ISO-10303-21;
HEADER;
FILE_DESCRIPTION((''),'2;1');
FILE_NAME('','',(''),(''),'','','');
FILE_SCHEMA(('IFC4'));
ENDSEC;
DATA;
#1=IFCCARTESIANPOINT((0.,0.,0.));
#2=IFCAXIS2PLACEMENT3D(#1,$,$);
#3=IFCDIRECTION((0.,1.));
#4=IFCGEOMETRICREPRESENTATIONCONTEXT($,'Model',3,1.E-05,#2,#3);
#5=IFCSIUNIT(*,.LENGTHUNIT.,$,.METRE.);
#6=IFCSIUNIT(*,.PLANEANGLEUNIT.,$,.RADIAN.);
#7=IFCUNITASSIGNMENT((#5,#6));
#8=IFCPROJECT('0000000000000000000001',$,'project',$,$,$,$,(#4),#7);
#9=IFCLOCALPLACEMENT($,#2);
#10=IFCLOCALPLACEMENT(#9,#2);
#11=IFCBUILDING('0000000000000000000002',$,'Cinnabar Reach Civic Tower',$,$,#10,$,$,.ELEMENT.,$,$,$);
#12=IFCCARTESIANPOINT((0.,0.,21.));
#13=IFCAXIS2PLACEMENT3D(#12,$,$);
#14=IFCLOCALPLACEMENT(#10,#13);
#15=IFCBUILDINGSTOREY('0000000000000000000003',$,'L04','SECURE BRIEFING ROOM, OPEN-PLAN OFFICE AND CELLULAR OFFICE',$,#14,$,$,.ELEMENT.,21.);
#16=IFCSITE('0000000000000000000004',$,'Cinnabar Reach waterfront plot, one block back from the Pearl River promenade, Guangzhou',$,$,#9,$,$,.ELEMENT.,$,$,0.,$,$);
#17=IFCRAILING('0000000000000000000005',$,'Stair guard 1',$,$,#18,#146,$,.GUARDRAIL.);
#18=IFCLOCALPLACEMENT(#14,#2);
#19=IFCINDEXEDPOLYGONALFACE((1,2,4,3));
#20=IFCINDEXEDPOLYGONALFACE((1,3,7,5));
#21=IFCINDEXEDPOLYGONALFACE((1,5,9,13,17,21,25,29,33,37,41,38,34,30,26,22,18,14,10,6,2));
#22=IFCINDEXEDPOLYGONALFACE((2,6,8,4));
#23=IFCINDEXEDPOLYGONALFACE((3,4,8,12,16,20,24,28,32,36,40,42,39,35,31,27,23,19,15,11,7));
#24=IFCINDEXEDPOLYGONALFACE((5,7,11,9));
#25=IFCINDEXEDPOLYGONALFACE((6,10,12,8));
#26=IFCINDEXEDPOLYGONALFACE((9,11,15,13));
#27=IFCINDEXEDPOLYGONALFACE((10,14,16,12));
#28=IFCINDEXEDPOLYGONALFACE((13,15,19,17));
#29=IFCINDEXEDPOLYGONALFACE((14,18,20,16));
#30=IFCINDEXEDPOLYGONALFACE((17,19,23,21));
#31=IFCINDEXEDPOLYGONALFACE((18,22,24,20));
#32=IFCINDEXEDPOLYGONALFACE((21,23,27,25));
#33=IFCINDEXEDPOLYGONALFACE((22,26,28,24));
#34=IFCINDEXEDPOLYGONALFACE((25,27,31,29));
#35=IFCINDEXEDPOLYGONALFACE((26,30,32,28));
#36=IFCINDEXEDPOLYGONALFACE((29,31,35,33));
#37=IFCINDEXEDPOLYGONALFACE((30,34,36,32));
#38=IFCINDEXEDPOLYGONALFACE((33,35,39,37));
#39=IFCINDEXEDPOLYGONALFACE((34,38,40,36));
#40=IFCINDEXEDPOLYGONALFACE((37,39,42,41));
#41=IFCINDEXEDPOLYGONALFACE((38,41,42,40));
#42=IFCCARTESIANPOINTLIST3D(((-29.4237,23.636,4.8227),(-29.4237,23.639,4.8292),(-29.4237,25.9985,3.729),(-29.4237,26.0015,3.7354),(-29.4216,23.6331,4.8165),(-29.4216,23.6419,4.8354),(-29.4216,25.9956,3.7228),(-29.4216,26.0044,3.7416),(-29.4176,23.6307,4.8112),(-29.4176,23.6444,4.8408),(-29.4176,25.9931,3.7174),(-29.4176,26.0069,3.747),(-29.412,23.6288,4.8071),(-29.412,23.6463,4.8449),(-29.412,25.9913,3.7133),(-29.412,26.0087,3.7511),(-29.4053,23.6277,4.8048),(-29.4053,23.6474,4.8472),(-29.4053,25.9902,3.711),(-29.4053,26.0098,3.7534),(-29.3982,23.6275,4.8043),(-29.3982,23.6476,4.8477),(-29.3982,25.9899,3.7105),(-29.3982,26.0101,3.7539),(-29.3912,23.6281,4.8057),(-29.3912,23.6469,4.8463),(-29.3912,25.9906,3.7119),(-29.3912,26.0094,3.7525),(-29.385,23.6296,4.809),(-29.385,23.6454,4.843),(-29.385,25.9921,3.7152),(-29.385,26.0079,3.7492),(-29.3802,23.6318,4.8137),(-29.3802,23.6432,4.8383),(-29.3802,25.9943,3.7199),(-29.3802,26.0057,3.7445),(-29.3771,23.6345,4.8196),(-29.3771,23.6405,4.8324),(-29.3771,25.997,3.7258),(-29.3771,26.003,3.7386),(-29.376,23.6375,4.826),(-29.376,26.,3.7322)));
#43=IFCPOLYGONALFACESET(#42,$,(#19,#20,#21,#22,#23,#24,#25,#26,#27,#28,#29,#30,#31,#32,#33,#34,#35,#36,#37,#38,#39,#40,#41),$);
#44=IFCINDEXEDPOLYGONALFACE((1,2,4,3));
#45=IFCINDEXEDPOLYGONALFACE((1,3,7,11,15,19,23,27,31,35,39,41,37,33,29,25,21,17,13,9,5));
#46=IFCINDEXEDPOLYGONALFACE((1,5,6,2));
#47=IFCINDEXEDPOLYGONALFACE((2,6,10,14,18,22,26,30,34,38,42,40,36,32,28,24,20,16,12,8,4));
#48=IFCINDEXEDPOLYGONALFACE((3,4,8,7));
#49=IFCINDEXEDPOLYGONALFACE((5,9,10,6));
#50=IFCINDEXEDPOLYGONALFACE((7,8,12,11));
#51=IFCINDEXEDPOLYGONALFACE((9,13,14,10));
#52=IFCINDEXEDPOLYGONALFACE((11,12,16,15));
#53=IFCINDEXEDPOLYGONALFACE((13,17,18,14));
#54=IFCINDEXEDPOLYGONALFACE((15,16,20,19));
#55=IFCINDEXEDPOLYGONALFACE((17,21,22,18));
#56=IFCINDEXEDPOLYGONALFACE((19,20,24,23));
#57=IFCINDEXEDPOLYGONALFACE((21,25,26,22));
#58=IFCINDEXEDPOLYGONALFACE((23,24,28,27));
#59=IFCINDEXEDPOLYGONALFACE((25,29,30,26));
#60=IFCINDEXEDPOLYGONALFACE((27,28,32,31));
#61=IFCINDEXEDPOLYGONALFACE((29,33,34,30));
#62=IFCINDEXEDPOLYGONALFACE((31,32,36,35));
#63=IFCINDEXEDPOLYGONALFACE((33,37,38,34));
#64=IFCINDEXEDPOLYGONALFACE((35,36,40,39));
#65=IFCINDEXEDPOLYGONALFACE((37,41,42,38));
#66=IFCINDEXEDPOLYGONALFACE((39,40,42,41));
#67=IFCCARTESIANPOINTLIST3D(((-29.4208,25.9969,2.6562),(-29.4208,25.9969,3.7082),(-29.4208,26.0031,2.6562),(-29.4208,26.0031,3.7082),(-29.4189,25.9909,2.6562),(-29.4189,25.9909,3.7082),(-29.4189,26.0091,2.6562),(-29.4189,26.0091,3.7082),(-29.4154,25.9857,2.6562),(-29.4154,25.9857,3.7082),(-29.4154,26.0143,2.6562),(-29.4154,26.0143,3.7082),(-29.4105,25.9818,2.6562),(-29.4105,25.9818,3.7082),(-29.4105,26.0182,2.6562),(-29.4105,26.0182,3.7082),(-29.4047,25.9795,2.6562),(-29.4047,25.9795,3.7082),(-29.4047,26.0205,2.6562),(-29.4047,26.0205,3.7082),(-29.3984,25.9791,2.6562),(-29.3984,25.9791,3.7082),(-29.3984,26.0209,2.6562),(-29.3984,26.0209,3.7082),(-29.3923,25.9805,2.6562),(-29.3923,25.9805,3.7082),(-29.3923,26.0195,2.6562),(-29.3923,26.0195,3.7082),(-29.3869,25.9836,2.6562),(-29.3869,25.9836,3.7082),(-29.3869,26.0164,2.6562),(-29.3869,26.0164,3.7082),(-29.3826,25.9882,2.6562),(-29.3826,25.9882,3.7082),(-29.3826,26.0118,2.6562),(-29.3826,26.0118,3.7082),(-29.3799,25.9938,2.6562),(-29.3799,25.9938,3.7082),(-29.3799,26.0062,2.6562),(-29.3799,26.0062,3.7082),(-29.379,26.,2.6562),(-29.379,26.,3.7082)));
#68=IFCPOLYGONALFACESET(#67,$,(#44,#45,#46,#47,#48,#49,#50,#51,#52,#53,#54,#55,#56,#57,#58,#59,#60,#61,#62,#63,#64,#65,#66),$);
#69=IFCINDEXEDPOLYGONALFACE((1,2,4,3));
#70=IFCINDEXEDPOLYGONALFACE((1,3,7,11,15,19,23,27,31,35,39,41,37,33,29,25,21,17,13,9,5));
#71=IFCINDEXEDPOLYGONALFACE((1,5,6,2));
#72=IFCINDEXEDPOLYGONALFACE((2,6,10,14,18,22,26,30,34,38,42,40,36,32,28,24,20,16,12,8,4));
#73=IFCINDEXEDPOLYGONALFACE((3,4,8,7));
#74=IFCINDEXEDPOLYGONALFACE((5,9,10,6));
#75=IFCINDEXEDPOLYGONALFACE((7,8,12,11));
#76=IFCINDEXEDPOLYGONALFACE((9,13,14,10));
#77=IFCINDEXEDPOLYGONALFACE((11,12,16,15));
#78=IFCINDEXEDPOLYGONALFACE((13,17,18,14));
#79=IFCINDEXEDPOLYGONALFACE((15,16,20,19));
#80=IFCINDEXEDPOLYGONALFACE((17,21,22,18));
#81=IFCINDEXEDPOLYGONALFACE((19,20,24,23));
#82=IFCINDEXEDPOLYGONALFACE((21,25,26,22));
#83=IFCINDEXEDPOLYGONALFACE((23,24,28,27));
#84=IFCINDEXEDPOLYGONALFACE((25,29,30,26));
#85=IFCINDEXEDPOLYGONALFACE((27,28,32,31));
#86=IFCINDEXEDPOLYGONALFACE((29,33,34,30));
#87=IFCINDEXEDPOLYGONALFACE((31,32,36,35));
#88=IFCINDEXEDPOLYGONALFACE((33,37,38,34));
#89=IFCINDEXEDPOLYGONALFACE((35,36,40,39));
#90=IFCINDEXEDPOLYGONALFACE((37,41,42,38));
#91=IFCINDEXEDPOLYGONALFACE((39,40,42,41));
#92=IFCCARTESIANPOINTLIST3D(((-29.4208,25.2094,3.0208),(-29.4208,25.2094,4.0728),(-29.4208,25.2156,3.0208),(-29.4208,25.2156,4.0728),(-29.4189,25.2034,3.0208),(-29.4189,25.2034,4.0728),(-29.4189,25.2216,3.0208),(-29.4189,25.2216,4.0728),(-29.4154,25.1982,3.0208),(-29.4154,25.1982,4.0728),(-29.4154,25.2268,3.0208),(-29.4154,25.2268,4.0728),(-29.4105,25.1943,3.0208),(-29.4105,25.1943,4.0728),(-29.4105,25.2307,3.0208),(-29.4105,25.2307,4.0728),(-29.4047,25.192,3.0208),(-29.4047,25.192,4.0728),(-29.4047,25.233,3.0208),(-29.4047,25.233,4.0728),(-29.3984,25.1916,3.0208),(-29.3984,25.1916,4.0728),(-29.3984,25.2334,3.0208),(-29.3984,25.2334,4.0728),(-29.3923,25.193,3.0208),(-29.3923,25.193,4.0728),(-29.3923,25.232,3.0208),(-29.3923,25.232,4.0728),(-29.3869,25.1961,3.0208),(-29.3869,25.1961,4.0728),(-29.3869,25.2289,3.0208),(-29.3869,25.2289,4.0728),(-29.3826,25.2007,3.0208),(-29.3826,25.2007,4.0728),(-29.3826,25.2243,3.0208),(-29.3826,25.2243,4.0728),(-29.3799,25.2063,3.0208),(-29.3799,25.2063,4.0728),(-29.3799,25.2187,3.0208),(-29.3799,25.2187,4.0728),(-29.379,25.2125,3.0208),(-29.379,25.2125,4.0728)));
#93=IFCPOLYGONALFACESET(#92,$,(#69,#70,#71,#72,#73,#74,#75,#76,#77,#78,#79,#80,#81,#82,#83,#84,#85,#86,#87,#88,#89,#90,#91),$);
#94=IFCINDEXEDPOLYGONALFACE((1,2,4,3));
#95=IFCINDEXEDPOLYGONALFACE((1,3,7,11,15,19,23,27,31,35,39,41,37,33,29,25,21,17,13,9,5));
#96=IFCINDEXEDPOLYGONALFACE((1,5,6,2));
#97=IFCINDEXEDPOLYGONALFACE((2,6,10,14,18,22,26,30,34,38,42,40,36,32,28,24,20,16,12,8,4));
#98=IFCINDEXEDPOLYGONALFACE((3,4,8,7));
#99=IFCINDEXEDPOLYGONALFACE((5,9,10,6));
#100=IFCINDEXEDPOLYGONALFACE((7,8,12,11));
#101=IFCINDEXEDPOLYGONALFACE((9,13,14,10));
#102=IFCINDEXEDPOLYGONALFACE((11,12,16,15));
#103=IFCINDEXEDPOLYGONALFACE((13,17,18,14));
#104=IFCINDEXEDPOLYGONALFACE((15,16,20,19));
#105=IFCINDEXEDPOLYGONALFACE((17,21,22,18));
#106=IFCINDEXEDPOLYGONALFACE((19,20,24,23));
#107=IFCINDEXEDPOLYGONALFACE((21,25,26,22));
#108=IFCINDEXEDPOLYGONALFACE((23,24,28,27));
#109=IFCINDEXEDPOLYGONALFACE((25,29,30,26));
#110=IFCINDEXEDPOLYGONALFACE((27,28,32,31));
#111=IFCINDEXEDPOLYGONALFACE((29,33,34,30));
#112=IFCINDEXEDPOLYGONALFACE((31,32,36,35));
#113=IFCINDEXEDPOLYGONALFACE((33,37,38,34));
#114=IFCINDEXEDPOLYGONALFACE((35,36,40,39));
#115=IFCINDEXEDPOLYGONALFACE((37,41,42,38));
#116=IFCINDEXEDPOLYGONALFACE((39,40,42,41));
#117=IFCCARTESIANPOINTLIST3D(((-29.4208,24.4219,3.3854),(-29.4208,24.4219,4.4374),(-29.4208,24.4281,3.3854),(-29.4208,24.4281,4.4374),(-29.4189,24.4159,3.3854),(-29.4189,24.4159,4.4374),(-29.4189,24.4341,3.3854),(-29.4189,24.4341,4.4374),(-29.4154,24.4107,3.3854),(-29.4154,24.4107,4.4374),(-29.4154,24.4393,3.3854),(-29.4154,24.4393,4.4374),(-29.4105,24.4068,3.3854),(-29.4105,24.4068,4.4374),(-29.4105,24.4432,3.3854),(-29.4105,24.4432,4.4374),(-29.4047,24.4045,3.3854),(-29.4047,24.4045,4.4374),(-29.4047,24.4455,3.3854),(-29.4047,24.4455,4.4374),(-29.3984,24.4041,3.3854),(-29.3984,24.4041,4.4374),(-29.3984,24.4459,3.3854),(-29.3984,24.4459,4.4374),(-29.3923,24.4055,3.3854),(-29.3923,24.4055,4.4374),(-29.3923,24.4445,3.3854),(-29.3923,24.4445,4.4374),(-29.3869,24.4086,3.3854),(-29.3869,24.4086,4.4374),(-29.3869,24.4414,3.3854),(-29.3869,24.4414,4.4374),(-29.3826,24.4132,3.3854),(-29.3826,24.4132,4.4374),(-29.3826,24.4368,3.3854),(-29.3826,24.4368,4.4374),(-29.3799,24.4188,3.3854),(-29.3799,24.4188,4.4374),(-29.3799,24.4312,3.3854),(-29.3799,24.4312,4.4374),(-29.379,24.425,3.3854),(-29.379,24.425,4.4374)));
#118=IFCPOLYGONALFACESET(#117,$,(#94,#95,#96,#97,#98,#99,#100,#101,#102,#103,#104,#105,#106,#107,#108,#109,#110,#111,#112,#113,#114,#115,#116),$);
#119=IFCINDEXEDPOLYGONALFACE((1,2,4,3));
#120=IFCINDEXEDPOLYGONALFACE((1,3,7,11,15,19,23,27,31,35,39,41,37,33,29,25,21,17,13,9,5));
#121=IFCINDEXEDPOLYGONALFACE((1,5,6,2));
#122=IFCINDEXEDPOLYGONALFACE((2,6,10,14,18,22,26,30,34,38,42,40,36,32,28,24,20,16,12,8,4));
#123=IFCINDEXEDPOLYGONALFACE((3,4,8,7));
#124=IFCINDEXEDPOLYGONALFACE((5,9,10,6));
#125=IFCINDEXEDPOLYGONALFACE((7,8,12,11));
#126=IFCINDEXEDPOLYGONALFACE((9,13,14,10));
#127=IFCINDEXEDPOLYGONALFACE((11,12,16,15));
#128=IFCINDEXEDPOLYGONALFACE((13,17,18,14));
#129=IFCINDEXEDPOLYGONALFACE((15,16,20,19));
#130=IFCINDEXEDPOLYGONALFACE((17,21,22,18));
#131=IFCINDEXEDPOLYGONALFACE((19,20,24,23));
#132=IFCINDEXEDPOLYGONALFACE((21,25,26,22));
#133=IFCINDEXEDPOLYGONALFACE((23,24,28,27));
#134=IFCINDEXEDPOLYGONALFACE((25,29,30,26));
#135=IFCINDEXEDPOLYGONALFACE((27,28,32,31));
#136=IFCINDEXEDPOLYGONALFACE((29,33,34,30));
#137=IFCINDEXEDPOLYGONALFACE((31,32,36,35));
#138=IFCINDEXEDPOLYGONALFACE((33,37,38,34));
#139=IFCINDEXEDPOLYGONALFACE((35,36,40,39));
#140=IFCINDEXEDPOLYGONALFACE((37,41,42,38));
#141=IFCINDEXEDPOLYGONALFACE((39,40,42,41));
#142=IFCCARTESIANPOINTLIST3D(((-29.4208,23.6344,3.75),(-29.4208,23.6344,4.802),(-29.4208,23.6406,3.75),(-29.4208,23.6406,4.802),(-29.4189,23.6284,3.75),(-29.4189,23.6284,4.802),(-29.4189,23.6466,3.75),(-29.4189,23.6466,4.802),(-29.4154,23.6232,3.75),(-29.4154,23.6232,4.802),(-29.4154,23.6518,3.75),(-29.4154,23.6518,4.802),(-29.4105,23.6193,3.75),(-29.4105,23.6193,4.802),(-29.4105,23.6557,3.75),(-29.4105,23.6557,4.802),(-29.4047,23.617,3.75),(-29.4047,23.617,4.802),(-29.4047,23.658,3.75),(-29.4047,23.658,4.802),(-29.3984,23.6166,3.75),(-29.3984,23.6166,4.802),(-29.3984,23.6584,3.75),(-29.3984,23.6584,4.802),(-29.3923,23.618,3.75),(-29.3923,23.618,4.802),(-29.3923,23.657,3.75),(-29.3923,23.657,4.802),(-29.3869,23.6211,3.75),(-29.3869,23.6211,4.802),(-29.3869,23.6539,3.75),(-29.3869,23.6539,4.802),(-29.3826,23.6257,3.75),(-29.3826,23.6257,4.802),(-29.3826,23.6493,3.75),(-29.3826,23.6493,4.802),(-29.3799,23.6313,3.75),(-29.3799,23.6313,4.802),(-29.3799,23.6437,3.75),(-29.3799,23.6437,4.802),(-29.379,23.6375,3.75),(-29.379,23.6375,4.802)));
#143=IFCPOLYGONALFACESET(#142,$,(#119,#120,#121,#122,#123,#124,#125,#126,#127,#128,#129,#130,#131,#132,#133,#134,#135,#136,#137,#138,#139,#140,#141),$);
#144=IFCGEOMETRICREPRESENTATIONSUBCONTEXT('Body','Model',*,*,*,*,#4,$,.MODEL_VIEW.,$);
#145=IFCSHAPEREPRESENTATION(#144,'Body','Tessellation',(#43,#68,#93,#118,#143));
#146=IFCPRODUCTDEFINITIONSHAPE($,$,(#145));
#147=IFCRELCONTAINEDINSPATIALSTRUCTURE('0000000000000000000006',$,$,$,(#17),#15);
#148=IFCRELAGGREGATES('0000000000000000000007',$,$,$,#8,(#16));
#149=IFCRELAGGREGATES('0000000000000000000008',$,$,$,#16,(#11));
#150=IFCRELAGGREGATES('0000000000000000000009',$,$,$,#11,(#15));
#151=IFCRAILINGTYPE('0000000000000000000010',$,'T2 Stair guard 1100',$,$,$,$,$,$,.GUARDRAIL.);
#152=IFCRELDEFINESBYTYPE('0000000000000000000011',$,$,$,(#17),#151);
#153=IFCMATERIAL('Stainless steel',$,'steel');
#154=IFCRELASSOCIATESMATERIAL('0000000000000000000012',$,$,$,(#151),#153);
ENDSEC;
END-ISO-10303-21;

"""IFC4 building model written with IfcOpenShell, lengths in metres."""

from ifc_helpers import new_model, si_unit, direction, frame, origin, origin_2d, place, context, subcontext, project, spatial, circle, extrude, material, type_object, element, save


model = new_model("IFC4")

# Units and contexts
model_context = context("Model", 3, precision=1e-05, world=origin(), true_north=direction((0.0, 1.0)))
body_context = subcontext(model_context, "Body", "Model", "MODEL_VIEW")
ifc_project = project(units=[si_unit("LENGTHUNIT", "METRE"), si_unit("PLANEANGLEUNIT", "RADIAN")], contexts=[model_context])

# Site, building, storey
site_placement = place(None, origin())
site = spatial("IfcSite", under=ifc_project, at=site_placement, Name="Cinnabar Reach waterfront plot, one block back from the Pearl River promenade, Guangzhou", CompositionType="ELEMENT", RefElevation=0.0)
building_placement = place(site_placement, origin())
building = spatial("IfcBuilding", under=site, at=building_placement, Name="Cinnabar Reach Civic Tower", CompositionType="ELEMENT")
storey_placement = place(building_placement, frame((0.0, 0.0, 21.0)))
storey = spatial("IfcBuildingStorey", under=building, at=storey_placement, Name="L04", Description="SECURE BRIEFING ROOM, OPEN-PLAN OFFICE AND CELLULAR OFFICE", CompositionType="ELEMENT", Elevation=21.0)

# Railing
ifc_material_1 = material(Name="Stainless steel", Category="steel")
railing_type = type_object("IfcRailingType", Name="T2 Stair guard 1100", PredefinedType="GUARDRAIL", material=ifc_material_1)
railing_1_placement = place(storey_placement, frame((-29.4, 26.0, 2.6562)))
element("IfcRailing", 1, at=railing_1_placement, inside=storey, type_object=railing_type, Name="Stair guard 1", PredefinedType="GUARDRAIL", context=body_context, shape_type="SweptSolid", body=[
    extrude(circle(Radius=0.024, at=origin_2d()), frame((0.0, 0.0, 1.076), z_axis=(0.0, -0.90746, 0.420139), x_axis=(1.0, 0.0, 0.0)), (0.0, 0.0, 1.0), 2.6034),
    extrude(circle(Radius=0.021, at=origin_2d()), origin(), (0.0, 0.0, 1.0), 1.052),
    extrude(circle(Radius=0.021, at=origin_2d()), frame((0.0, -0.7875, 0.3646)), (0.0, 0.0, 1.0), 1.052),
    extrude(circle(Radius=0.021, at=origin_2d()), frame((0.0, -1.575, 0.7292)), (0.0, 0.0, 1.0), 1.052),
    extrude(circle(Radius=0.021, at=origin_2d()), frame((0.0, -2.3625, 1.0938)), (0.0, 0.0, 1.0), 1.052),
])

save(model, "model.ifc")
